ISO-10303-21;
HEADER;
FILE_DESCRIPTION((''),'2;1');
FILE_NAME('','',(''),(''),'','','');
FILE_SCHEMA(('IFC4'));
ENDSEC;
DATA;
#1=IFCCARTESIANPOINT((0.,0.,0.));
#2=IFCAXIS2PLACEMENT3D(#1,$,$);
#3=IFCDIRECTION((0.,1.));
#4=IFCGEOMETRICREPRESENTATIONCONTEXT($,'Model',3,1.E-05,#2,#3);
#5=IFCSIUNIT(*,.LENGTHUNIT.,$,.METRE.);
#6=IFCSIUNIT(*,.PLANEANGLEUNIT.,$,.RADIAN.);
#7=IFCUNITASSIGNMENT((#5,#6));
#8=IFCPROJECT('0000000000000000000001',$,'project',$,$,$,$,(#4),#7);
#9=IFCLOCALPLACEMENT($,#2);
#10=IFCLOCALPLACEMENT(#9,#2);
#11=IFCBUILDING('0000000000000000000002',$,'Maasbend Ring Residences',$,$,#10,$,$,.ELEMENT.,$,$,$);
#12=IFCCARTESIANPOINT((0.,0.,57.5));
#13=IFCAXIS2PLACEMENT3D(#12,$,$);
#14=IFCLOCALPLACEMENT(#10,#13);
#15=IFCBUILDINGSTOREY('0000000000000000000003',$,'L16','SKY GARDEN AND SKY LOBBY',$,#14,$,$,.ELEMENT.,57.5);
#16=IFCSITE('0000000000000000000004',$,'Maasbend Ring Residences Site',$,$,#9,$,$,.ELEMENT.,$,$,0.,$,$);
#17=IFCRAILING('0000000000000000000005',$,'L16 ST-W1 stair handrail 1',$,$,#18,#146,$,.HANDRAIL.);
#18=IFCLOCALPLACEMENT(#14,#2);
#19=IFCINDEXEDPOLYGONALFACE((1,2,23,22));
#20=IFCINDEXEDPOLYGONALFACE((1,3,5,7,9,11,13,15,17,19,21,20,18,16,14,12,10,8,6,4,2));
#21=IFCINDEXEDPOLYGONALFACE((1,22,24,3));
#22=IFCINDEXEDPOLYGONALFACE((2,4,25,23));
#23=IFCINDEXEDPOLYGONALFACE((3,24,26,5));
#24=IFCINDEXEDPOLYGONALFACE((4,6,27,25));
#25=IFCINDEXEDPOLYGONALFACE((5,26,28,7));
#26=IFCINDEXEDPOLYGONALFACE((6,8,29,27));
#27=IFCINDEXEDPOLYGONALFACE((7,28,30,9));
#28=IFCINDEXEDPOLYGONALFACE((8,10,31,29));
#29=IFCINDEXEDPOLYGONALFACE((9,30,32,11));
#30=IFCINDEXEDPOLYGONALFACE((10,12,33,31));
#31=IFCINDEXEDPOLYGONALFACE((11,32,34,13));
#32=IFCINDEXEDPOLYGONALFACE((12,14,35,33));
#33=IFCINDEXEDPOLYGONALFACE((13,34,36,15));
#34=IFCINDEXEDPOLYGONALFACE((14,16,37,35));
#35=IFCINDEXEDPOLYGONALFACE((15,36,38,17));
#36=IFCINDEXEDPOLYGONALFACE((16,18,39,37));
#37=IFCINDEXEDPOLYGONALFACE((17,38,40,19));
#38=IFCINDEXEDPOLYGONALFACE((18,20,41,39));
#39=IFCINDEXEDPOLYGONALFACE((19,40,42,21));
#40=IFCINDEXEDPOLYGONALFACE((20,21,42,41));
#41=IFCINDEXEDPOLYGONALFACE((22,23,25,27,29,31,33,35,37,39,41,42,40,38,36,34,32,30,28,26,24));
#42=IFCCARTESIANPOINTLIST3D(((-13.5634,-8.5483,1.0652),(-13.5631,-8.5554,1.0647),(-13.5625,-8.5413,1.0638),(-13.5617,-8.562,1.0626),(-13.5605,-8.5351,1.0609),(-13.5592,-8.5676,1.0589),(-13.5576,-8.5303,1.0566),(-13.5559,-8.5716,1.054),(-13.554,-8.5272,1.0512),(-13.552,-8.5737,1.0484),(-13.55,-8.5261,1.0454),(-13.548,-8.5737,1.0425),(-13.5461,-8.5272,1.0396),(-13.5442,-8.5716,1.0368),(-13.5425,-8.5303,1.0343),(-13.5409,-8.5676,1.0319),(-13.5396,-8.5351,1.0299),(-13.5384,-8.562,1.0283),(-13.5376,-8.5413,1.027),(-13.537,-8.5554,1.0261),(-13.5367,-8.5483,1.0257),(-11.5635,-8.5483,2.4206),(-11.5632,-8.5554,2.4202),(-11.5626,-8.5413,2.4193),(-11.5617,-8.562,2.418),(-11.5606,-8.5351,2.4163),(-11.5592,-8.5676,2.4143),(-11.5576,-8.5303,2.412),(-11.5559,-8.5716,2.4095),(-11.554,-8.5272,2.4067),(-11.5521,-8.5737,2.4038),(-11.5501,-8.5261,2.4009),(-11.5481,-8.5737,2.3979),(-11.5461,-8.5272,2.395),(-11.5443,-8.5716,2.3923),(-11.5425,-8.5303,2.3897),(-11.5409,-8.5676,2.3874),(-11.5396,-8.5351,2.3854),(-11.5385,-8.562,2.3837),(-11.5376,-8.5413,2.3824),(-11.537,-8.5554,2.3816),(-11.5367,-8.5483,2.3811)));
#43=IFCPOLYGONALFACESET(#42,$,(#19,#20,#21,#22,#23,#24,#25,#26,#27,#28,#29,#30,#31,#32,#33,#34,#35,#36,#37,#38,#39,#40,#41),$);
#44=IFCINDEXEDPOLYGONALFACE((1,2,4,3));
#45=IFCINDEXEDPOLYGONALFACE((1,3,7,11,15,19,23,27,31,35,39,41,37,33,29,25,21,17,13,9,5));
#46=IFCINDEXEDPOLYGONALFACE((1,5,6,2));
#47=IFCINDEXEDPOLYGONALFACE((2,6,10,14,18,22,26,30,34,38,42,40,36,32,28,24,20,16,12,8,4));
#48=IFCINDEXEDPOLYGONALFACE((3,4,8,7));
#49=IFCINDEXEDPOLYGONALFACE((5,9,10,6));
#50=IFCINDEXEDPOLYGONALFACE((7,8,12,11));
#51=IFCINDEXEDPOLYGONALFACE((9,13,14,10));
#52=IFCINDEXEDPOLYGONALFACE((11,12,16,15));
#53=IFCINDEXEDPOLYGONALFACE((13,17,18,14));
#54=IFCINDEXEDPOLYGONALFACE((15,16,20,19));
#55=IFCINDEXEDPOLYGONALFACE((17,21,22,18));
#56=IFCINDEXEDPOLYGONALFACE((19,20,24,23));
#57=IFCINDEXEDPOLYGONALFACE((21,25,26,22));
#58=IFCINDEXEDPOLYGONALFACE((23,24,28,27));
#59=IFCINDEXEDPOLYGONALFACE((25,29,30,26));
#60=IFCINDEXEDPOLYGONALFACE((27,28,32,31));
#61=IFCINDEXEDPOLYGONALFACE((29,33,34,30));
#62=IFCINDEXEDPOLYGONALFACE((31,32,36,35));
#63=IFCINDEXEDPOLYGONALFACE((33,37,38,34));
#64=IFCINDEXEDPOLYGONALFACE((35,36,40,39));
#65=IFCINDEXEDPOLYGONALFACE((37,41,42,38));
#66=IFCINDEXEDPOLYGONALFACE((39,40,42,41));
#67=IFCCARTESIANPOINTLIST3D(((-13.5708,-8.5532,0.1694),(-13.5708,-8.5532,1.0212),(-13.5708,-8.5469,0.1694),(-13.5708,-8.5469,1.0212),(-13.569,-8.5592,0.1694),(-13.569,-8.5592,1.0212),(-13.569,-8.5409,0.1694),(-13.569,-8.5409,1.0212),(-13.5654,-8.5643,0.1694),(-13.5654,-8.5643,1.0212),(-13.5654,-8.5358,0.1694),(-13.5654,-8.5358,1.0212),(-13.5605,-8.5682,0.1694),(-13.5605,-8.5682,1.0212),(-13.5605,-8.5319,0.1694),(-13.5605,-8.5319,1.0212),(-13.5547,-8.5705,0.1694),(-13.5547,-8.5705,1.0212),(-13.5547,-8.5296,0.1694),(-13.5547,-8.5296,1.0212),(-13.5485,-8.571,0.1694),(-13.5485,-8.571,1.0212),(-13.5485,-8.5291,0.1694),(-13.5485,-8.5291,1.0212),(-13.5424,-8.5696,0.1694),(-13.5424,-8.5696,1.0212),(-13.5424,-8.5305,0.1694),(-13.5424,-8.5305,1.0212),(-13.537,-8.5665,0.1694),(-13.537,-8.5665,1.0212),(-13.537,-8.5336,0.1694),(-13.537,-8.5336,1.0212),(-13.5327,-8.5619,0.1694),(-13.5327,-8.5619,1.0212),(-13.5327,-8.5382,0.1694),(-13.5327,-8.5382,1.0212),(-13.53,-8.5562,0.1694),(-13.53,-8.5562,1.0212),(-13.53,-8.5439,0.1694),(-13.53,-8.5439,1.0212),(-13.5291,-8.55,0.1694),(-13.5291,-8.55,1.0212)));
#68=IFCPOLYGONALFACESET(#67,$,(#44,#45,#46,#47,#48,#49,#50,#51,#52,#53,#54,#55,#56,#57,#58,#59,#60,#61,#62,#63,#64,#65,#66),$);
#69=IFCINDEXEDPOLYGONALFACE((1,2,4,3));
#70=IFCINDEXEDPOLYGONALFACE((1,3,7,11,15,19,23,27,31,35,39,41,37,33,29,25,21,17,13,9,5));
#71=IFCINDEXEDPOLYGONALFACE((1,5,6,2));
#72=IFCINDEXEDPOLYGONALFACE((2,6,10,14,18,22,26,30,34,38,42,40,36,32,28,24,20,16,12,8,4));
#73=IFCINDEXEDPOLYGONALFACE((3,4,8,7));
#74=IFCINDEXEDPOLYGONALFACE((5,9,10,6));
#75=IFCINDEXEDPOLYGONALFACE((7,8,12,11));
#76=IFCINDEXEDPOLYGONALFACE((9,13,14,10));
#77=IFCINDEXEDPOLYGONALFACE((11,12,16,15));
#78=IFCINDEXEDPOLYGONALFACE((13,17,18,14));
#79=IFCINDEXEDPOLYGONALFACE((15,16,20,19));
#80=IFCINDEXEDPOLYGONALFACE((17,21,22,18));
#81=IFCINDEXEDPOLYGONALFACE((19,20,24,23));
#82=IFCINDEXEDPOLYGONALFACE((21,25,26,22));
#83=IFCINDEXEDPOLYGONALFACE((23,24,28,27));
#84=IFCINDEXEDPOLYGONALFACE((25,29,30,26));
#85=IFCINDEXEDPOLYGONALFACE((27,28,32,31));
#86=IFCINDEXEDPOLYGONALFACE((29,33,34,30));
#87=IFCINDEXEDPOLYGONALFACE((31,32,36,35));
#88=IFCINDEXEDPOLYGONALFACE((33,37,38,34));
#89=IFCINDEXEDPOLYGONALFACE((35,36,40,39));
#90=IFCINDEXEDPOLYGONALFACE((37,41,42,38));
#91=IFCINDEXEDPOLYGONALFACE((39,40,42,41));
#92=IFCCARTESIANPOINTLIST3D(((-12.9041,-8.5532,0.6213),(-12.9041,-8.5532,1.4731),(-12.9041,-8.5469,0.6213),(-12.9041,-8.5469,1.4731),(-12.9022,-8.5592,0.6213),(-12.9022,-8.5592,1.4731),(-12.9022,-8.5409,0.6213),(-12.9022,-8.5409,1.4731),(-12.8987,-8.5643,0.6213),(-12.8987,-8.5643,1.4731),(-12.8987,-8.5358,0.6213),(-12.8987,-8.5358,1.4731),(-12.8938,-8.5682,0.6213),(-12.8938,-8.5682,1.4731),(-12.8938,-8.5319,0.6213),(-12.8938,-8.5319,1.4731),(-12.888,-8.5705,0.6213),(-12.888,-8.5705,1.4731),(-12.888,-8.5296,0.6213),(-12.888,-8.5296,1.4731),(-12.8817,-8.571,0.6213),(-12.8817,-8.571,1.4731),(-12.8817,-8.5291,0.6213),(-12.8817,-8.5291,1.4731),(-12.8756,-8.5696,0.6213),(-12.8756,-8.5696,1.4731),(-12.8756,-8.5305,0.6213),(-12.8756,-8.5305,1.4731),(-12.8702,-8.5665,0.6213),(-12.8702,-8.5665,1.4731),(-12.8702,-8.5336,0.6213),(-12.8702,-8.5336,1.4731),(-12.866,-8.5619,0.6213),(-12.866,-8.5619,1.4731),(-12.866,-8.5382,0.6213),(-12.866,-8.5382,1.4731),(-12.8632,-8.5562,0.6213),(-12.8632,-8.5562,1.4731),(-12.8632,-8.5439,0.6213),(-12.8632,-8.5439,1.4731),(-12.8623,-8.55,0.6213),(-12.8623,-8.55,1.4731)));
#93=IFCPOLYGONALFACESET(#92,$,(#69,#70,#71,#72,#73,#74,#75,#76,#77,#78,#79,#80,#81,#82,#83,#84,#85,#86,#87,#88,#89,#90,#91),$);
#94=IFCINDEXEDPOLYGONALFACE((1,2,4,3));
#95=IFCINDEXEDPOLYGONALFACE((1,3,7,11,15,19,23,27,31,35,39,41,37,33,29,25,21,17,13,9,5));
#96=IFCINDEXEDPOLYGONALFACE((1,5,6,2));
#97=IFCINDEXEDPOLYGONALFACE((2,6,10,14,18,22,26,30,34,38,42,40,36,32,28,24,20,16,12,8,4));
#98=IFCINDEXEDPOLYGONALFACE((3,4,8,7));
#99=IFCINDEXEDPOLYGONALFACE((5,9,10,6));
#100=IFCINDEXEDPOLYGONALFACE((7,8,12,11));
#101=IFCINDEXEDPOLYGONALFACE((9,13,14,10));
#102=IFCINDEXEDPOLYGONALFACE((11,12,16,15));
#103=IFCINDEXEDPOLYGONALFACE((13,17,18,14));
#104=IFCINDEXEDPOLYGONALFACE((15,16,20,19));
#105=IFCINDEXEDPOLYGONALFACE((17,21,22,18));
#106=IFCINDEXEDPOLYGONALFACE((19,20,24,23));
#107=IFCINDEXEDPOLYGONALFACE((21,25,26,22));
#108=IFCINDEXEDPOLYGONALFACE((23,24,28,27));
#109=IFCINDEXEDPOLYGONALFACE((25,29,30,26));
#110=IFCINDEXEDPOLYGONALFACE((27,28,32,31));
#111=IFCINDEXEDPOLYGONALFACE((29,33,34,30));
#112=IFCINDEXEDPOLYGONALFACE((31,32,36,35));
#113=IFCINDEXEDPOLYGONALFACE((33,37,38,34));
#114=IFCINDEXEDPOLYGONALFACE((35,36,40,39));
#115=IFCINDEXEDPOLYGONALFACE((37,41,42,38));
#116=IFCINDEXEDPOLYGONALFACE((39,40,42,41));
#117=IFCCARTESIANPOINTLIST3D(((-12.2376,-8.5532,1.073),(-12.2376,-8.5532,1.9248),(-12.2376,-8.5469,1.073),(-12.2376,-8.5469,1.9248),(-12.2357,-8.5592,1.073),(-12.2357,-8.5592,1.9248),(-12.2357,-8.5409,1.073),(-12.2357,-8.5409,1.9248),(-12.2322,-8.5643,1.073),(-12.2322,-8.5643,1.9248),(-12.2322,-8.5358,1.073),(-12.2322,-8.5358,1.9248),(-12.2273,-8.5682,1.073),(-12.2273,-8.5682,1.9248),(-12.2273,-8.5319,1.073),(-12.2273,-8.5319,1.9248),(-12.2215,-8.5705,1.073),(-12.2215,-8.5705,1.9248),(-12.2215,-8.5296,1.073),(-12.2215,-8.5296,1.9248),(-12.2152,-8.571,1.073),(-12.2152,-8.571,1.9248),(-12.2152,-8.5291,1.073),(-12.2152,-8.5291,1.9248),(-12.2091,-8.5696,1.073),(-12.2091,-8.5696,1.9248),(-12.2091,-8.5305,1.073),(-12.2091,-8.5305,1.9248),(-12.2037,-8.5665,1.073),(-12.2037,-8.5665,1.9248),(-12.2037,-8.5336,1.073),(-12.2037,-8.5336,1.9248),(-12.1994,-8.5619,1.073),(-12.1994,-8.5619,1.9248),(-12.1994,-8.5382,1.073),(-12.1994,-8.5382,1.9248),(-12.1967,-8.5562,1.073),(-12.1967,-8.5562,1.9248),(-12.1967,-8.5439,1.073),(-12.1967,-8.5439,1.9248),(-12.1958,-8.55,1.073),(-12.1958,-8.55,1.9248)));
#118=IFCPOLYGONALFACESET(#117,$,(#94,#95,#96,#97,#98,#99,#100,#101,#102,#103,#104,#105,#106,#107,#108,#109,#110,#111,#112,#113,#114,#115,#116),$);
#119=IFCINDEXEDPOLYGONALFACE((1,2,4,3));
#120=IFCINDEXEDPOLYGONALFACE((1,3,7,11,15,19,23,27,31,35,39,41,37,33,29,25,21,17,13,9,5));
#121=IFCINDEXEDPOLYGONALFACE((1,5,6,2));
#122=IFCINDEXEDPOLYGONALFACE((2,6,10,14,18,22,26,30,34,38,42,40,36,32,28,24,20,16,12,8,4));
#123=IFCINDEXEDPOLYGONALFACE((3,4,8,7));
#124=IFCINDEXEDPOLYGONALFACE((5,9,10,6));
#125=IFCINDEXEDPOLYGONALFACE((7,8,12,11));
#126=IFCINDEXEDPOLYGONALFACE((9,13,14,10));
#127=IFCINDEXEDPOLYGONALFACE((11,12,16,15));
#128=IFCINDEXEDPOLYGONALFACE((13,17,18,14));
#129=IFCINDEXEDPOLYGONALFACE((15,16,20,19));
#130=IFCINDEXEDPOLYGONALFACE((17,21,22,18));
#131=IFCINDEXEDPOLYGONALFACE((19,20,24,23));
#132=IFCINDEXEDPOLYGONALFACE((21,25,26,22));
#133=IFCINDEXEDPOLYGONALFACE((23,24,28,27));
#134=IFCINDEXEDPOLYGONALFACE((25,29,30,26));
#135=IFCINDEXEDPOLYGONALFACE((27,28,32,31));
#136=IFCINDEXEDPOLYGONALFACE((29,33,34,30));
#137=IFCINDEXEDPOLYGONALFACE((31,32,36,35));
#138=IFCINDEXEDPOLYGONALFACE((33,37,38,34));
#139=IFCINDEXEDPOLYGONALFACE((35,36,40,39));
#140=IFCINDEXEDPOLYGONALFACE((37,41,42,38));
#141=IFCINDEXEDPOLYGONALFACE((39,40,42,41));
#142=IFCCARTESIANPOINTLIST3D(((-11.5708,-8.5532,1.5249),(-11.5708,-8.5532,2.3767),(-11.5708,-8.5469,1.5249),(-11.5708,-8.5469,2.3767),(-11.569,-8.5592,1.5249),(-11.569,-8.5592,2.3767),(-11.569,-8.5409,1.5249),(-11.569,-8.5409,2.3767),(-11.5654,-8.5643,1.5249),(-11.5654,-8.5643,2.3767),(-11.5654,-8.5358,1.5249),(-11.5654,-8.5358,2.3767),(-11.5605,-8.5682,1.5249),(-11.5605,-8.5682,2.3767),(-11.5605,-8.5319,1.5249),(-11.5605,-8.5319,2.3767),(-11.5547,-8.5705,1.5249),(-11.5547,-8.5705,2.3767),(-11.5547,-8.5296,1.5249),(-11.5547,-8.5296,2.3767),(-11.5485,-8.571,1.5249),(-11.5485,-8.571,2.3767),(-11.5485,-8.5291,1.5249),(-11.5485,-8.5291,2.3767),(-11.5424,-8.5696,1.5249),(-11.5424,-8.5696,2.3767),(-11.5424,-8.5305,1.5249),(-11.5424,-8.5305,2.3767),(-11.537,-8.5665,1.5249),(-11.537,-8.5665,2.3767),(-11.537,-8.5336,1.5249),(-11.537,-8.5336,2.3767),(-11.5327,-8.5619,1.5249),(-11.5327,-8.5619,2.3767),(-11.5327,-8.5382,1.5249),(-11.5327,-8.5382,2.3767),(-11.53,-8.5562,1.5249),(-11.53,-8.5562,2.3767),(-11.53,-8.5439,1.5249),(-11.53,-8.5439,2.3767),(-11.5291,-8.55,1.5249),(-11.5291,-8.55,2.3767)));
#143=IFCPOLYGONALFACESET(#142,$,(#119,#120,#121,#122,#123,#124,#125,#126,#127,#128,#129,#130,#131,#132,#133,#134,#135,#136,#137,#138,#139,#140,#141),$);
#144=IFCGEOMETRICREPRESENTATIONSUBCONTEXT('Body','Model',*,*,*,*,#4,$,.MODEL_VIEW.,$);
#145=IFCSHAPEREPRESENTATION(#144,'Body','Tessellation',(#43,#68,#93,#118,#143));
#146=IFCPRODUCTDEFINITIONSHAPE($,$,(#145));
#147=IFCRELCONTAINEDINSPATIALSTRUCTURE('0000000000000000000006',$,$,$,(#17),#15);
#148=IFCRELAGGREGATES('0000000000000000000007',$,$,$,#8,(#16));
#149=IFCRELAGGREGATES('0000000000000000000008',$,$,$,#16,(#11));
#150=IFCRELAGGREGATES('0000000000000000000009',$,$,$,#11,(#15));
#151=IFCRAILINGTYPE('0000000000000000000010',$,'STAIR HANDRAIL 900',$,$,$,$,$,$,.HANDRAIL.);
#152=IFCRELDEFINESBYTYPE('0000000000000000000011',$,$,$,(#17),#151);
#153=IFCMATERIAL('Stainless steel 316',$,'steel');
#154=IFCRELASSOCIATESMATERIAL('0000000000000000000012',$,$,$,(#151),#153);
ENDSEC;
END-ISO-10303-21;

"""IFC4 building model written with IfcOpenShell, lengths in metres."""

from ifc_helpers import new_model, si_unit, direction, frame, origin, origin_2d, place, context, subcontext, project, spatial, circle, extrude, material, type_object, element, save


model = new_model("IFC4")

# Units and contexts
model_context = context("Model", 3, precision=1e-05, world=origin(), true_north=direction((0.0, 1.0)))
body_context = subcontext(model_context, "Body", "Model", "MODEL_VIEW")
ifc_project = project(units=[si_unit("LENGTHUNIT", "METRE"), si_unit("PLANEANGLEUNIT", "RADIAN")], contexts=[model_context])

# Site, building, storey
site_placement = place(None, origin())
site = spatial("IfcSite", under=ifc_project, at=site_placement, Name="Maasbend Ring Residences Site", CompositionType="ELEMENT", RefElevation=0.0)
building_placement = place(site_placement, origin())
building = spatial("IfcBuilding", under=site, at=building_placement, Name="Maasbend Ring Residences", CompositionType="ELEMENT")
storey_placement = place(building_placement, frame((0.0, 0.0, 57.5)))
storey = spatial("IfcBuildingStorey", under=building, at=storey_placement, Name="L16", Description="SKY GARDEN AND SKY LOBBY", CompositionType="ELEMENT", Elevation=57.5)

# Railing
ifc_material_1 = material(Name="Stainless steel 316", Category="steel")
railing_type_1 = type_object("IfcRailingType", Name="STAIR HANDRAIL 900", PredefinedType="HANDRAIL", material=ifc_material_1)
railing_1_placement = place(storey_placement, frame((-13.55, -8.55, 0.1694)))
element("IfcRailing", 1, at=railing_1_placement, inside=storey, type_object=railing_type_1, Name="L16 ST-W1 stair handrail 1", PredefinedType="HANDRAIL", context=body_context, shape_type="SweptSolid", body=[
    extrude(circle(Radius=0.0239, at=origin_2d()), frame((0.0, 0.0, 0.876), z_axis=(0.827798, 0.0, 0.561027), x_axis=(0.0, 1.0, 0.0)), (0.0, 0.0, 1.0), 2.416),
    extrude(circle(Radius=0.021, at=origin_2d()), origin(), (0.0, 0.0, 1.0), 0.8518),
    extrude(circle(Radius=0.021, at=origin_2d()), frame((0.6667, 0.0, 0.4519)), (0.0, 0.0, 1.0), 0.8518),
    extrude(circle(Radius=0.021, at=origin_2d()), frame((1.3333, 0.0, 0.9036)), (0.0, 0.0, 1.0), 0.8518),
    extrude(circle(Radius=0.021, at=origin_2d()), frame((2.0, 0.0, 1.3555)), (0.0, 0.0, 1.0), 0.8518),
])

save(model, "model.ifc")
